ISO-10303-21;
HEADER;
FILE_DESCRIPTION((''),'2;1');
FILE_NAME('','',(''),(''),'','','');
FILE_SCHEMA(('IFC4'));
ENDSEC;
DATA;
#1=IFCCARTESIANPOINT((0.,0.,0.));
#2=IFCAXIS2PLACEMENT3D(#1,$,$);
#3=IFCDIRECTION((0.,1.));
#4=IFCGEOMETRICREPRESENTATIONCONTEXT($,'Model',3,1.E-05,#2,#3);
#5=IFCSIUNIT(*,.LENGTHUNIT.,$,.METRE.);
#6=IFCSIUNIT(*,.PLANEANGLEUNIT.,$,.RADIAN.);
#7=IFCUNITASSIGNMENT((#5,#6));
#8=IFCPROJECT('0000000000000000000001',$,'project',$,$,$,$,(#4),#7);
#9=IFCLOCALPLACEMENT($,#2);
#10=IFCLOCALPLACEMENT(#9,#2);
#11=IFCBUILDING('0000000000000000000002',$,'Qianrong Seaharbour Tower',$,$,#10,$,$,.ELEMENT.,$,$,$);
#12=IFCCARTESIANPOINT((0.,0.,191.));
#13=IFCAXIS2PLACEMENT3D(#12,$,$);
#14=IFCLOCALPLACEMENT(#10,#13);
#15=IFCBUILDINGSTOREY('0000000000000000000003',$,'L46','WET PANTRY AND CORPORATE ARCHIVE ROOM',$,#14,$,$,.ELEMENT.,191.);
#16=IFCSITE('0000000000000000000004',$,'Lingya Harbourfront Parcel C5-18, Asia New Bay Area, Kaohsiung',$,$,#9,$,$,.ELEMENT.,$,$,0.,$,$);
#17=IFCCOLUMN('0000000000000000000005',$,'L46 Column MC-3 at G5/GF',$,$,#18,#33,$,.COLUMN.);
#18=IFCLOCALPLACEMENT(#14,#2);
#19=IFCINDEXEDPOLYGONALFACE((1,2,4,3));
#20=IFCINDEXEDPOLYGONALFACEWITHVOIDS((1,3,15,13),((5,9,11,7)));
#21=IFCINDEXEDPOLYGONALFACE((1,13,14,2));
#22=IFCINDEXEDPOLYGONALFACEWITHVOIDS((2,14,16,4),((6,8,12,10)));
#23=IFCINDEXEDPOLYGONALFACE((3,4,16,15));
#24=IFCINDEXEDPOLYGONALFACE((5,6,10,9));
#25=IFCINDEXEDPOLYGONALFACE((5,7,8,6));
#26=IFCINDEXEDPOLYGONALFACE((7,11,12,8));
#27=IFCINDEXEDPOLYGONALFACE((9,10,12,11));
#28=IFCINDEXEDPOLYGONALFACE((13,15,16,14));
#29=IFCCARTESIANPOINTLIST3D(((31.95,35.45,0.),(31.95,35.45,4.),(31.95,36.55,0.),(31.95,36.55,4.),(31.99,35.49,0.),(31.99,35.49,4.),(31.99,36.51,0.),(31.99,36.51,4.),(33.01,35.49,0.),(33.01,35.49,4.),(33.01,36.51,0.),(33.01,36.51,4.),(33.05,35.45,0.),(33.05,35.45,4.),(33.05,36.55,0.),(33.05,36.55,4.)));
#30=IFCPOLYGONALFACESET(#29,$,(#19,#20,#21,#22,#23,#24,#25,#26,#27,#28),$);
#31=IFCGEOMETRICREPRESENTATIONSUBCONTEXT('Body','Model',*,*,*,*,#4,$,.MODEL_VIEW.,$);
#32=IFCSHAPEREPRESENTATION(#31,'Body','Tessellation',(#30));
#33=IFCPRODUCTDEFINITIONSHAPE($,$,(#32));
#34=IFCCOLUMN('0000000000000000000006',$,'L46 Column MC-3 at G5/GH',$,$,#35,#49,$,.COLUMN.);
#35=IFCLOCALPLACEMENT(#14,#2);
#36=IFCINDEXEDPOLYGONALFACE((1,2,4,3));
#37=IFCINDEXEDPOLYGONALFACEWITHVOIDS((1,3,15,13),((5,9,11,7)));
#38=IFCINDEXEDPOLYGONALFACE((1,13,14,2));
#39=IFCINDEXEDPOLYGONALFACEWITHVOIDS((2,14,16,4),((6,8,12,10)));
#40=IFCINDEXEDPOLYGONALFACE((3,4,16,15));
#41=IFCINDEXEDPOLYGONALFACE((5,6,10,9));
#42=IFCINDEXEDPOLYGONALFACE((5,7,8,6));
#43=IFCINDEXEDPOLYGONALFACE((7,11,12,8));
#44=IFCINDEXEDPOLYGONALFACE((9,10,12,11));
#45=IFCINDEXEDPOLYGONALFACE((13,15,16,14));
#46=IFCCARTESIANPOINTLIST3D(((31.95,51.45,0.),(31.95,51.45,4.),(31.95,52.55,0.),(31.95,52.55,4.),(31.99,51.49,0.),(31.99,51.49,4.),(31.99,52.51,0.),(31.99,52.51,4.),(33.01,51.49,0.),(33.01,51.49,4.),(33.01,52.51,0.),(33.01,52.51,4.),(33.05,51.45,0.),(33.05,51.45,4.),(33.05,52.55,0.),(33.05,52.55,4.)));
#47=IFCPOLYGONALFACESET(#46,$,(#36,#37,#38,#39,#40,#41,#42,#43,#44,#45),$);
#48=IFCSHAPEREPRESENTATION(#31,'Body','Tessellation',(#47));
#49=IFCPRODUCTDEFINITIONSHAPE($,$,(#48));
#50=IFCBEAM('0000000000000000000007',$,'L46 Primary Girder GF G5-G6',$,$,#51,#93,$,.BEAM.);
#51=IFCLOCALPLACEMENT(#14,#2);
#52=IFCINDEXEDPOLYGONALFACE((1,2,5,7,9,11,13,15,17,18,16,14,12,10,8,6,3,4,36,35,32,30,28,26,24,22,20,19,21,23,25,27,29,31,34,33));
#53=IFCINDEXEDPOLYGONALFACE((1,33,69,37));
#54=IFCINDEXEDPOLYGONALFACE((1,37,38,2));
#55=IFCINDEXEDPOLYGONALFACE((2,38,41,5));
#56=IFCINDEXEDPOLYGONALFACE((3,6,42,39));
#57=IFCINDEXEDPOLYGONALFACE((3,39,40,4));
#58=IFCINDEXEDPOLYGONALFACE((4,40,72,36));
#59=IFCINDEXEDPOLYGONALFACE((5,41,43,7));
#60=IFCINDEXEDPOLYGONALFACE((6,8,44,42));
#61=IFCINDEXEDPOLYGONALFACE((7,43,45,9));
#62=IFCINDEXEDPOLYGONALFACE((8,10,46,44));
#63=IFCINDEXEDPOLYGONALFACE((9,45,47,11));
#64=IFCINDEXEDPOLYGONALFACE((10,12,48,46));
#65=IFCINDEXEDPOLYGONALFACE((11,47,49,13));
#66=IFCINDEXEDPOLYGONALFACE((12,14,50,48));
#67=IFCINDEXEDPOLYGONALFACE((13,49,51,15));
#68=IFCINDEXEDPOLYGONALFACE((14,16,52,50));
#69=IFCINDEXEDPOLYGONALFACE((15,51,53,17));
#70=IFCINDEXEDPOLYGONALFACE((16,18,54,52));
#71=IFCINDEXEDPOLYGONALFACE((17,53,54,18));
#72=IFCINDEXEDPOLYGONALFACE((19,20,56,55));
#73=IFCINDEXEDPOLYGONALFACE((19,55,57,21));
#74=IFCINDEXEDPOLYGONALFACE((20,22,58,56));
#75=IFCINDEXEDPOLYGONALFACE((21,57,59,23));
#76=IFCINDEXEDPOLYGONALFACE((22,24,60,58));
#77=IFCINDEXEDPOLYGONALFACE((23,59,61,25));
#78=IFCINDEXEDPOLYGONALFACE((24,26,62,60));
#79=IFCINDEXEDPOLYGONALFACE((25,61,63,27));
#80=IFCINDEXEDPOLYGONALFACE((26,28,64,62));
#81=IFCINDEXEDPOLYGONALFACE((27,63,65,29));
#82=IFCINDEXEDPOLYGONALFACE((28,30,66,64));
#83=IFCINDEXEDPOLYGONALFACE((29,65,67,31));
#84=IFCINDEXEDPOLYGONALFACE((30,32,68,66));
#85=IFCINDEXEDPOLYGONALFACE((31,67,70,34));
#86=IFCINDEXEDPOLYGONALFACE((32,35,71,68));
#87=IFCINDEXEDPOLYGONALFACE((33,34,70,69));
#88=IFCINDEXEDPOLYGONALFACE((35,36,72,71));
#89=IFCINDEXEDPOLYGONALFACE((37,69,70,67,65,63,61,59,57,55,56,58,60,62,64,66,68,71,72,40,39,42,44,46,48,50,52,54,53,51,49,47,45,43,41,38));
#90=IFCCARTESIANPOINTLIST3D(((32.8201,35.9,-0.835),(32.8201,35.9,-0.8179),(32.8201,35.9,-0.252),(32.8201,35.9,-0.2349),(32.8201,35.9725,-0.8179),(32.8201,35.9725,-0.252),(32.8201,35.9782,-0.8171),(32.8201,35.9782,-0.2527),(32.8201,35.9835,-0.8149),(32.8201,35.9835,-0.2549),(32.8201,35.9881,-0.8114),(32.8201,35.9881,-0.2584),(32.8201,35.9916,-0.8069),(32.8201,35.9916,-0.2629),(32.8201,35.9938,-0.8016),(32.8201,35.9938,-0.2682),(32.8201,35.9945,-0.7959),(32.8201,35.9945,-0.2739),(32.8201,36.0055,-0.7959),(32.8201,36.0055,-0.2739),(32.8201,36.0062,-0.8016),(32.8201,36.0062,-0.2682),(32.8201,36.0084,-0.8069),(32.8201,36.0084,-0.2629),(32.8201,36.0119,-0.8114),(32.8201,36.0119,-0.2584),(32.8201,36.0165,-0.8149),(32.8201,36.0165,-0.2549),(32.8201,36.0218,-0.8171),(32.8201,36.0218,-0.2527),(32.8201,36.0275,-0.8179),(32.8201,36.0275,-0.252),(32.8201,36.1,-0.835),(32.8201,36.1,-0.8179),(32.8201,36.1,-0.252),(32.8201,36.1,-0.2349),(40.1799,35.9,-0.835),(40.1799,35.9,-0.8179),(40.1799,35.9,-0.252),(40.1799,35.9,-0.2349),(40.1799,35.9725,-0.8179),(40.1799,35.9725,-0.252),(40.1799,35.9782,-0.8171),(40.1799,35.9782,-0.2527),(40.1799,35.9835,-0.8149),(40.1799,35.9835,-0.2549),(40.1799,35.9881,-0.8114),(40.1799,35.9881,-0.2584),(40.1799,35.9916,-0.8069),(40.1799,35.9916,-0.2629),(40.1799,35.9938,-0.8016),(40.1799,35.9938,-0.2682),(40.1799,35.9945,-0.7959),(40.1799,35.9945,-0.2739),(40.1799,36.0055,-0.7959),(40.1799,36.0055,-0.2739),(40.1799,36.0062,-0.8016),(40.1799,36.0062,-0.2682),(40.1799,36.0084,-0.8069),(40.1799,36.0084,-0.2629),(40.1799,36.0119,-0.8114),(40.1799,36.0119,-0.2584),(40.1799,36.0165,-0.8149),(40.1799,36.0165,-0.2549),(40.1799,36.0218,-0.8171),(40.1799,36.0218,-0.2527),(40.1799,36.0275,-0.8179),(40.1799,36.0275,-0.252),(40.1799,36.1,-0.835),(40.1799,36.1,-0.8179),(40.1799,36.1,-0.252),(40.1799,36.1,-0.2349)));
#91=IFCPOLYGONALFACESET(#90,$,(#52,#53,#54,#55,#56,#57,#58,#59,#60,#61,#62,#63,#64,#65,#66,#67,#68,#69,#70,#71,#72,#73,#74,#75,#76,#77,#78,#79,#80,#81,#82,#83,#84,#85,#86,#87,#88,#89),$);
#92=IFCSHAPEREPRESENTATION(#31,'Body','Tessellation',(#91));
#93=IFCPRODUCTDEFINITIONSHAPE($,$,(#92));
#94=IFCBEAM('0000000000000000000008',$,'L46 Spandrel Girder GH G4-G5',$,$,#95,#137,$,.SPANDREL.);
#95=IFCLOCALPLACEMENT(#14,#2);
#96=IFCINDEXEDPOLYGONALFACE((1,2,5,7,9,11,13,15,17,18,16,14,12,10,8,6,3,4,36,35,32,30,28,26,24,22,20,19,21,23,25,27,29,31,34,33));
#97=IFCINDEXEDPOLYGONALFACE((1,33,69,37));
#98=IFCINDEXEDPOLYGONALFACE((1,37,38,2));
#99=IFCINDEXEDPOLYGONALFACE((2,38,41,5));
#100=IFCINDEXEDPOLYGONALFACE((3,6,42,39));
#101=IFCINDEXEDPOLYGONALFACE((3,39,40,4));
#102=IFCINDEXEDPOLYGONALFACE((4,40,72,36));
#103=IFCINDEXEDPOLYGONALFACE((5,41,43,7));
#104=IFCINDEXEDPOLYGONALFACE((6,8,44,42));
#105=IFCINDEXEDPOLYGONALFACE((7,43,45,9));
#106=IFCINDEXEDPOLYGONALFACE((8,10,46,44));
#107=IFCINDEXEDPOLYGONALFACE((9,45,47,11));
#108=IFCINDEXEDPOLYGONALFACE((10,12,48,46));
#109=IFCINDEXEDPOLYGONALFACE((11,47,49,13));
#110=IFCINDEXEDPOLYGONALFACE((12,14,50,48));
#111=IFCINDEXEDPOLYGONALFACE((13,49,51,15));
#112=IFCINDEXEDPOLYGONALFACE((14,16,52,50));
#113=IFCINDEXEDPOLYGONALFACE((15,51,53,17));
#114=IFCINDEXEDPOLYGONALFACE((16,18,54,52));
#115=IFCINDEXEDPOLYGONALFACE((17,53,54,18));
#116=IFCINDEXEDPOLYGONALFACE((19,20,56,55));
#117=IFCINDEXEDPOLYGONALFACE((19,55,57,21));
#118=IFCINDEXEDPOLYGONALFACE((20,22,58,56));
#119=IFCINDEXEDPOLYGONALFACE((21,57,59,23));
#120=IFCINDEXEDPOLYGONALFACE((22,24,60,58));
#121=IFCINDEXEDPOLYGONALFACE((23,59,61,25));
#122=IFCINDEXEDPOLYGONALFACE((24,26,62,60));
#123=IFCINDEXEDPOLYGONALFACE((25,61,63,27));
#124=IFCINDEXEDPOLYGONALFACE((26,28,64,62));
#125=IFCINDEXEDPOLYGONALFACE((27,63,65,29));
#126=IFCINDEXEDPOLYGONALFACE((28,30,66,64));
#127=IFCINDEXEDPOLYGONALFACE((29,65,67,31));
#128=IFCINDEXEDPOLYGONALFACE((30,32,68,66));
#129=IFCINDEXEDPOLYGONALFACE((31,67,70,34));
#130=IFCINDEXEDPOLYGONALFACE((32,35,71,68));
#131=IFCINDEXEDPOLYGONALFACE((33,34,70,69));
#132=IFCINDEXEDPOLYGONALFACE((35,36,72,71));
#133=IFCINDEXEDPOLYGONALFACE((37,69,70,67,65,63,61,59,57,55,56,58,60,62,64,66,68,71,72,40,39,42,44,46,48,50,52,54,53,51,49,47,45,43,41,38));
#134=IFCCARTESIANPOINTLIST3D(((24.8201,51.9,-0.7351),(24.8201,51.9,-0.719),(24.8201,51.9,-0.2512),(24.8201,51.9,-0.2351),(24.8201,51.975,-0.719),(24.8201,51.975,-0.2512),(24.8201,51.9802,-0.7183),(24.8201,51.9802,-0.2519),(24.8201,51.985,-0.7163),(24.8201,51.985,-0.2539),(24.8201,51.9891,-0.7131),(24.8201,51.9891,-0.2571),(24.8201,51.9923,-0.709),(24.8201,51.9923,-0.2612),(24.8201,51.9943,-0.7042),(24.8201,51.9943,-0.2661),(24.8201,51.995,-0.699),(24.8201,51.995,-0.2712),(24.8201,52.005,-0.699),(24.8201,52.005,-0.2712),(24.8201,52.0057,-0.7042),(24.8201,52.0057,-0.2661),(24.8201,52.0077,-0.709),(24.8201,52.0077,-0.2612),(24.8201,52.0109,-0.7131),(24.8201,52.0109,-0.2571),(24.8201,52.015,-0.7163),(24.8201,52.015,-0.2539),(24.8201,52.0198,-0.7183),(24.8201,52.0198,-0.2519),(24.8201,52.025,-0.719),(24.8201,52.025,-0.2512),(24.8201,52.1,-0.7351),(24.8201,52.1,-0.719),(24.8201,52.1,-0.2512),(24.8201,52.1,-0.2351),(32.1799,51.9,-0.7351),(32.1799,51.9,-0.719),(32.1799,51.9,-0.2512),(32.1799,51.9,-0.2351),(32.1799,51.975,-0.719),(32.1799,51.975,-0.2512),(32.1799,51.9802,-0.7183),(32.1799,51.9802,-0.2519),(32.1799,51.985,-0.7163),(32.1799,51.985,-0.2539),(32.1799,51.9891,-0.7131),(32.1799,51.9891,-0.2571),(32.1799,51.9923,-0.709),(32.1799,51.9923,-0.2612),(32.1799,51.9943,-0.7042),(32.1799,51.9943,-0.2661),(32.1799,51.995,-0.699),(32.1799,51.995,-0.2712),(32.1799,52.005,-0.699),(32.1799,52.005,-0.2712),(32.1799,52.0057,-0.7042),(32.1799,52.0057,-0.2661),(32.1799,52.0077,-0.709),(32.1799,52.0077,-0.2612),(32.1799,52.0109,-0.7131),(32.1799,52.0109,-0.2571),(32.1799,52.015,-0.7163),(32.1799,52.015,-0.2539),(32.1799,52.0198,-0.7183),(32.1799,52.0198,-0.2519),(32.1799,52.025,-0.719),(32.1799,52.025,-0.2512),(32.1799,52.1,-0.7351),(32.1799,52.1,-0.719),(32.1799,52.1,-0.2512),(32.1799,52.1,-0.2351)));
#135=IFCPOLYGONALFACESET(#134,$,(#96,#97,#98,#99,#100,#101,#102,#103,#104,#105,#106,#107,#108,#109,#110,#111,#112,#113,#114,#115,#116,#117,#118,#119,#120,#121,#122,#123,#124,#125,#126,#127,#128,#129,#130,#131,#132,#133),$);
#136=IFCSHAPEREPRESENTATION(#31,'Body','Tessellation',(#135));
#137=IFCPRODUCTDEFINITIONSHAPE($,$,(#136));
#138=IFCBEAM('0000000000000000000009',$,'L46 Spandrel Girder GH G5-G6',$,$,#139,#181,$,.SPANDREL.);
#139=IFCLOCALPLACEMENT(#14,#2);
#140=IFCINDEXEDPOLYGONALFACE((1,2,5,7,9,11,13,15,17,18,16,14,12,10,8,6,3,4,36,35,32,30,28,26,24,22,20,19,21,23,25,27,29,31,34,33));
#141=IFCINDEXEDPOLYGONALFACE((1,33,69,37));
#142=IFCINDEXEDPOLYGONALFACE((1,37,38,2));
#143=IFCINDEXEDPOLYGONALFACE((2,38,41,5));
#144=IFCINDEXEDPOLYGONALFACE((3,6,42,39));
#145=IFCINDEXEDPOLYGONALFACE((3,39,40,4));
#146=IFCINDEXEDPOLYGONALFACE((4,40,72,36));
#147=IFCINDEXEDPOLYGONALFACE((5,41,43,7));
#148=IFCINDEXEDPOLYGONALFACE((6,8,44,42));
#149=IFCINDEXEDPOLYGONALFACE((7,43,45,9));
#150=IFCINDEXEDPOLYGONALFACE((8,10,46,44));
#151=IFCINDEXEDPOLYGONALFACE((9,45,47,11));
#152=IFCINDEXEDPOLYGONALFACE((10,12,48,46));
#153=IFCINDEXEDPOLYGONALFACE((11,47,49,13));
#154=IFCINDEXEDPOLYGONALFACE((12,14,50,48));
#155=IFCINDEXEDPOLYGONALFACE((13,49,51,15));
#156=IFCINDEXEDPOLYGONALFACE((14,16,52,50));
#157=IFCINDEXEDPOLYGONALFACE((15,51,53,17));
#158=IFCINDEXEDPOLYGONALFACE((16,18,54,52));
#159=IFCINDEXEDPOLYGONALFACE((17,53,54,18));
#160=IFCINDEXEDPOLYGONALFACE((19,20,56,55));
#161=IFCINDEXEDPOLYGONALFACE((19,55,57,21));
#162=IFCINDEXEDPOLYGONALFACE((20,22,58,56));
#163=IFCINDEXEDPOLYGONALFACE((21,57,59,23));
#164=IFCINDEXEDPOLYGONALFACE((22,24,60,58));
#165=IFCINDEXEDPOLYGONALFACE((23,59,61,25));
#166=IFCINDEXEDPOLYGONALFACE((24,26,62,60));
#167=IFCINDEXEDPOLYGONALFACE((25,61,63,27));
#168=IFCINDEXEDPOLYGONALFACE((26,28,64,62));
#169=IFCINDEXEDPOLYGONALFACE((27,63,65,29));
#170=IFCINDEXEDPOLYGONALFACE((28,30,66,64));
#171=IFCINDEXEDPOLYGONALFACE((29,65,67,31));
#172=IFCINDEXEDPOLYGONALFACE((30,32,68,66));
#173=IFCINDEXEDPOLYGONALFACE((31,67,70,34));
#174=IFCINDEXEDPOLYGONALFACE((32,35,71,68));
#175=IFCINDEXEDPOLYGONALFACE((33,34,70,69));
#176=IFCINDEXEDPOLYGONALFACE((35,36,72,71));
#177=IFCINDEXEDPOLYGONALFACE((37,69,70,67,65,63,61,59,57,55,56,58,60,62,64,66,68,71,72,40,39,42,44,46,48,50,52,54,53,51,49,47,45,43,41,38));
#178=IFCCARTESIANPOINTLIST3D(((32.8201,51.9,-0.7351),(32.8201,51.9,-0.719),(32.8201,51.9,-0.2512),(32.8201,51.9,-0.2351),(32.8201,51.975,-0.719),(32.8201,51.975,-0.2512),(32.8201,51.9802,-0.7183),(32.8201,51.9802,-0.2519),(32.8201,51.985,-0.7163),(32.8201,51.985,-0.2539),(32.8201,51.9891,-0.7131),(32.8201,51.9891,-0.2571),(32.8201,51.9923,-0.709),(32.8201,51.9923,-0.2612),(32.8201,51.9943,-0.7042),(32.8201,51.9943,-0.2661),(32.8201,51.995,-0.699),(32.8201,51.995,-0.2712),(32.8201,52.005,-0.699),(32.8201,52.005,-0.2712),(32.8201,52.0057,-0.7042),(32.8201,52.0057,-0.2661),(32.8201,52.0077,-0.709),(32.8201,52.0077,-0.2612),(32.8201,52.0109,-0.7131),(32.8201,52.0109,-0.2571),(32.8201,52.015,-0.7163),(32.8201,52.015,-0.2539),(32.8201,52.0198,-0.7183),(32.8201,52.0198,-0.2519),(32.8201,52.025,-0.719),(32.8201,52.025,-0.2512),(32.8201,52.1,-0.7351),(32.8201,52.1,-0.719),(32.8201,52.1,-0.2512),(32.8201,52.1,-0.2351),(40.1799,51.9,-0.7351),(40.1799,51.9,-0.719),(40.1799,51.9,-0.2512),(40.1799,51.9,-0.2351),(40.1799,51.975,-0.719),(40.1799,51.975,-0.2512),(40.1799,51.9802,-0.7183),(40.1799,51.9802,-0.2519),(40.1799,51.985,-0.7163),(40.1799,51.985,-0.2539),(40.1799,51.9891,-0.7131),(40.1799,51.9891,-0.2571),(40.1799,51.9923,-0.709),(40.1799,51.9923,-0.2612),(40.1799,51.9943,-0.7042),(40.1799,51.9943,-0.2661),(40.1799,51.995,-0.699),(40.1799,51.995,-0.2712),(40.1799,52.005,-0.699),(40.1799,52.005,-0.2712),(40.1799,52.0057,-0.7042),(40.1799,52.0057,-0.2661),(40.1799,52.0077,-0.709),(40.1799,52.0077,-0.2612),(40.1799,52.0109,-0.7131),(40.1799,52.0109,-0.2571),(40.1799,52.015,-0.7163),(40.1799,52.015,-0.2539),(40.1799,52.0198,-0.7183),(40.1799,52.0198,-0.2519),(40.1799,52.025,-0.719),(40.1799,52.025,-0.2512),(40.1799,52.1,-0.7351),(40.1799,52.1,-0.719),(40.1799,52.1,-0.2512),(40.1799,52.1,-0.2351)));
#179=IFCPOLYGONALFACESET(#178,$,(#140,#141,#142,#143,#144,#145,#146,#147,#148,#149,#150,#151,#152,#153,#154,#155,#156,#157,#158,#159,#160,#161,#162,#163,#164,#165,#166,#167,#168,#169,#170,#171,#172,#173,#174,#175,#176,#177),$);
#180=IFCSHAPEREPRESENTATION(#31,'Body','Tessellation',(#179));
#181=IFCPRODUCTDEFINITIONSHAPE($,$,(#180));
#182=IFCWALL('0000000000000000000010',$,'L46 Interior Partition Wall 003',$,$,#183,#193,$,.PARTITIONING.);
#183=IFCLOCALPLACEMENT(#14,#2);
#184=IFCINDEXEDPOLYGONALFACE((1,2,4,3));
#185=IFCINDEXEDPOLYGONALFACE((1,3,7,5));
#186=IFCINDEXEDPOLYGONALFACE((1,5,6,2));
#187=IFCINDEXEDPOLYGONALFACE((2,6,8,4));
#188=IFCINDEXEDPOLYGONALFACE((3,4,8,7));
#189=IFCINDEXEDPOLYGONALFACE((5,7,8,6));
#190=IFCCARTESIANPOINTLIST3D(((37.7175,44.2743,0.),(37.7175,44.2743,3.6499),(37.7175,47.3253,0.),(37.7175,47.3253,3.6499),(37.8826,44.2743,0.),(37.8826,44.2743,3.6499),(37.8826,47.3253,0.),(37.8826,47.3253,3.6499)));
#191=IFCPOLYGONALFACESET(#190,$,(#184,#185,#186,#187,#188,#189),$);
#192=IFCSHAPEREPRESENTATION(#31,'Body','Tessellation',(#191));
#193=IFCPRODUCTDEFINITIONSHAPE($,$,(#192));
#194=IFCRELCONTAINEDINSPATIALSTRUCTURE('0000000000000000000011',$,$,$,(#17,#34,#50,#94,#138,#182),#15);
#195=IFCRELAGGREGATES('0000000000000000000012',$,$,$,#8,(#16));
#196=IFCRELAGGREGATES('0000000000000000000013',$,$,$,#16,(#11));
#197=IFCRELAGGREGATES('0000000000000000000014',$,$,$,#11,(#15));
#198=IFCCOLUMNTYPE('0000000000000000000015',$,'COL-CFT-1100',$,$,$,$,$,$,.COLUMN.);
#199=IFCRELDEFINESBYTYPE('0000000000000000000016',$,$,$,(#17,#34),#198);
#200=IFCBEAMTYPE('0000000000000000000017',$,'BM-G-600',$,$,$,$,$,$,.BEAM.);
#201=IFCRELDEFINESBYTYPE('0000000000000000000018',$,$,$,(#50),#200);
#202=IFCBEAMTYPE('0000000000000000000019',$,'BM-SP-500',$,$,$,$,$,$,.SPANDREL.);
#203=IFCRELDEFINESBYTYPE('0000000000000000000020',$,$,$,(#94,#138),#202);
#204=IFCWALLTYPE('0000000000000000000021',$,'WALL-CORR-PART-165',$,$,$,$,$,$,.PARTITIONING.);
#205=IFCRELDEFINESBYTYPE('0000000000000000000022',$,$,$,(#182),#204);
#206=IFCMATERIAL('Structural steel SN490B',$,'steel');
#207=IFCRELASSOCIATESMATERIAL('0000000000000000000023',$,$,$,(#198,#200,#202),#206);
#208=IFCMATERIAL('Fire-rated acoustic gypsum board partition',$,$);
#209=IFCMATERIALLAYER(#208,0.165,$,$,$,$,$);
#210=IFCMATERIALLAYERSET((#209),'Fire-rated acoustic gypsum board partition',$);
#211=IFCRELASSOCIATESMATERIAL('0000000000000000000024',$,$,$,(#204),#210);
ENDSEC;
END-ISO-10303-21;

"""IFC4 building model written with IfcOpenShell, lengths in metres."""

from ifc_helpers import new_model, si_unit, direction, frame, frame_2d, origin, origin_2d, place, context, subcontext, project, spatial, rectangle, hollow_rectangle, i_section, extrude, material, layer, layer_set, material_profile, profile_set, type_object, element, save


model = new_model("IFC4")

# Units and contexts
model_context = context("Model", 3, precision=1e-05, world=origin(), true_north=direction((0.0, 1.0)))
body_context = subcontext(model_context, "Body", "Model", "MODEL_VIEW")
ifc_project = project(units=[si_unit("LENGTHUNIT", "METRE"), si_unit("PLANEANGLEUNIT", "RADIAN")], contexts=[model_context])

# Site, building, storey
site_placement = place(None, origin())
site = spatial("IfcSite", under=ifc_project, at=site_placement, Name="Lingya Harbourfront Parcel C5-18, Asia New Bay Area, Kaohsiung", CompositionType="ELEMENT", RefElevation=0.0)
building_placement = place(site_placement, origin())
building = spatial("IfcBuilding", under=site, at=building_placement, Name="Qianrong Seaharbour Tower", CompositionType="ELEMENT")
storey_placement = place(building_placement, frame((0.0, 0.0, 191.0)))
storey = spatial("IfcBuildingStorey", under=building, at=storey_placement, Name="L46", Description="WET PANTRY AND CORPORATE ARCHIVE ROOM", CompositionType="ELEMENT", Elevation=191.0)

# Columns
ifc_material_1 = material(Name="Structural steel SN490B", Category="steel")
ifc_material_profile_1 = material_profile(ifc_material_1, hollow_rectangle(XDim=1.1001, YDim=1.1001, WallThickness=0.04, at=origin_2d()), Name="BOX1100x1100x40")
ifc_profile_set_1 = profile_set([ifc_material_profile_1], Name="Structural steel SN490B")
column_type = type_object("IfcColumnType", Name="COL-CFT-1100", PredefinedType="COLUMN", material=ifc_profile_set_1)
for number, where, z_axis, x_axis, name in (
    (1, (32.5, 36.0, 0.0), (0.0, 0.0, 1.0), (1.0, 0.0, 0.0), "L46 Column MC-3 at G5/GF"),
    (2, (32.5, 52.0, 0.0), (0.0, 0.0, 1.0), (1.0, 0.0, 0.0), "L46 Column MC-3 at G5/GH"),
):
    element("IfcColumn", number, at=place(storey_placement, frame(where, z_axis=z_axis, x_axis=x_axis)), inside=storey, type_object=column_type, Name=name, PredefinedType="COLUMN", context=body_context, shape_type="SweptSolid", body=[
        extrude(hollow_rectangle(XDim=1.1001, YDim=1.1001, WallThickness=0.04, at=origin_2d()), origin(), (0.0, 0.0, 1.0), 4.0),
    ])

# Beams
ifc_material_profile_2 = material_profile(ifc_material_1, i_section(OverallWidth=0.2, OverallDepth=0.6001, WebThickness=0.011, FlangeThickness=0.0171, FilletRadius=0.022, at=origin_2d()), Name="H600x200x11x17")
ifc_profile_set_2 = profile_set([ifc_material_profile_2], Name="Structural steel SN490B")
beam_type_1 = type_object("IfcBeamType", Name="BM-G-600", PredefinedType="BEAM", material=ifc_profile_set_2)
beam_placement = place(storey_placement, frame((32.8201, 36.0, -0.5349), z_axis=(1.0, 0.0, 0.0), x_axis=(0.0, 1.0, 0.0)))
element("IfcBeam", 3, at=beam_placement, inside=storey, type_object=beam_type_1, Name="L46 Primary Girder GF G5-G6", PredefinedType="BEAM", context=body_context, shape_type="SweptSolid", body=[
    extrude(i_section(OverallWidth=0.2, OverallDepth=0.6001, WebThickness=0.011, FlangeThickness=0.0171, FilletRadius=0.022, at=origin_2d()), origin(), (0.0, 0.0, 1.0), 7.3599),
])
ifc_material_profile_3 = material_profile(ifc_material_1, i_section(OverallWidth=0.2, OverallDepth=0.5, WebThickness=0.01, FlangeThickness=0.0161, FilletRadius=0.02, at=origin_2d()), Name="H500x200x10x16")
ifc_profile_set_3 = profile_set([ifc_material_profile_3], Name="Structural steel SN490B")
beam_type_2 = type_object("IfcBeamType", Name="BM-SP-500", PredefinedType="SPANDREL", material=ifc_profile_set_3)
for number, where, z_axis, x_axis, name in (
    (4, (24.8201, 52.0, -0.4851), (1.0, 0.0, 0.0), (0.0, 1.0, 0.0), "L46 Spandrel Girder GH G4-G5"),
    (5, (32.8201, 52.0, -0.4851), (1.0, 0.0, 0.0), (0.0, 1.0, 0.0), "L46 Spandrel Girder GH G5-G6"),
):
    element("IfcBeam", number, at=place(storey_placement, frame(where, z_axis=z_axis, x_axis=x_axis)), inside=storey, type_object=beam_type_2, Name=name, PredefinedType="SPANDREL", context=body_context, shape_type="SweptSolid", body=[
        extrude(i_section(OverallWidth=0.2, OverallDepth=0.5, WebThickness=0.01, FlangeThickness=0.0161, FilletRadius=0.02, at=origin_2d()), origin(), (0.0, 0.0, 1.0), 7.3599),
    ])

# Shared definitions
ifc_material_2 = material(Name="Fire-rated acoustic gypsum board partition")
ifc_layer_1 = layer(ifc_material_2, 0.165)
ifc_layer_set_1 = layer_set([ifc_layer_1], Name="Fire-rated acoustic gypsum board partition")
wall_type_1 = type_object("IfcWallType", Name="WALL-CORR-PART-165", PredefinedType="PARTITIONING", material=ifc_layer_set_1)

# Wall
wall_1_placement = place(storey_placement, frame((37.8, 44.2744, 0.0), z_axis=(0.0, 0.0, 1.0), x_axis=(0.0, 1.0, 0.0)))
element("IfcWall", 6, at=wall_1_placement, inside=storey, type_object=wall_type_1, Name="L46 Interior Partition Wall 003", PredefinedType="PARTITIONING", context=body_context, shape_type="SweptSolid", body=[
    extrude(rectangle(XDim=3.051, YDim=0.165, at=frame_2d((1.5254, 0.0))), origin(), (0.0, 0.0, 1.0), 3.6499),
])

save(model, "model.ifc")
